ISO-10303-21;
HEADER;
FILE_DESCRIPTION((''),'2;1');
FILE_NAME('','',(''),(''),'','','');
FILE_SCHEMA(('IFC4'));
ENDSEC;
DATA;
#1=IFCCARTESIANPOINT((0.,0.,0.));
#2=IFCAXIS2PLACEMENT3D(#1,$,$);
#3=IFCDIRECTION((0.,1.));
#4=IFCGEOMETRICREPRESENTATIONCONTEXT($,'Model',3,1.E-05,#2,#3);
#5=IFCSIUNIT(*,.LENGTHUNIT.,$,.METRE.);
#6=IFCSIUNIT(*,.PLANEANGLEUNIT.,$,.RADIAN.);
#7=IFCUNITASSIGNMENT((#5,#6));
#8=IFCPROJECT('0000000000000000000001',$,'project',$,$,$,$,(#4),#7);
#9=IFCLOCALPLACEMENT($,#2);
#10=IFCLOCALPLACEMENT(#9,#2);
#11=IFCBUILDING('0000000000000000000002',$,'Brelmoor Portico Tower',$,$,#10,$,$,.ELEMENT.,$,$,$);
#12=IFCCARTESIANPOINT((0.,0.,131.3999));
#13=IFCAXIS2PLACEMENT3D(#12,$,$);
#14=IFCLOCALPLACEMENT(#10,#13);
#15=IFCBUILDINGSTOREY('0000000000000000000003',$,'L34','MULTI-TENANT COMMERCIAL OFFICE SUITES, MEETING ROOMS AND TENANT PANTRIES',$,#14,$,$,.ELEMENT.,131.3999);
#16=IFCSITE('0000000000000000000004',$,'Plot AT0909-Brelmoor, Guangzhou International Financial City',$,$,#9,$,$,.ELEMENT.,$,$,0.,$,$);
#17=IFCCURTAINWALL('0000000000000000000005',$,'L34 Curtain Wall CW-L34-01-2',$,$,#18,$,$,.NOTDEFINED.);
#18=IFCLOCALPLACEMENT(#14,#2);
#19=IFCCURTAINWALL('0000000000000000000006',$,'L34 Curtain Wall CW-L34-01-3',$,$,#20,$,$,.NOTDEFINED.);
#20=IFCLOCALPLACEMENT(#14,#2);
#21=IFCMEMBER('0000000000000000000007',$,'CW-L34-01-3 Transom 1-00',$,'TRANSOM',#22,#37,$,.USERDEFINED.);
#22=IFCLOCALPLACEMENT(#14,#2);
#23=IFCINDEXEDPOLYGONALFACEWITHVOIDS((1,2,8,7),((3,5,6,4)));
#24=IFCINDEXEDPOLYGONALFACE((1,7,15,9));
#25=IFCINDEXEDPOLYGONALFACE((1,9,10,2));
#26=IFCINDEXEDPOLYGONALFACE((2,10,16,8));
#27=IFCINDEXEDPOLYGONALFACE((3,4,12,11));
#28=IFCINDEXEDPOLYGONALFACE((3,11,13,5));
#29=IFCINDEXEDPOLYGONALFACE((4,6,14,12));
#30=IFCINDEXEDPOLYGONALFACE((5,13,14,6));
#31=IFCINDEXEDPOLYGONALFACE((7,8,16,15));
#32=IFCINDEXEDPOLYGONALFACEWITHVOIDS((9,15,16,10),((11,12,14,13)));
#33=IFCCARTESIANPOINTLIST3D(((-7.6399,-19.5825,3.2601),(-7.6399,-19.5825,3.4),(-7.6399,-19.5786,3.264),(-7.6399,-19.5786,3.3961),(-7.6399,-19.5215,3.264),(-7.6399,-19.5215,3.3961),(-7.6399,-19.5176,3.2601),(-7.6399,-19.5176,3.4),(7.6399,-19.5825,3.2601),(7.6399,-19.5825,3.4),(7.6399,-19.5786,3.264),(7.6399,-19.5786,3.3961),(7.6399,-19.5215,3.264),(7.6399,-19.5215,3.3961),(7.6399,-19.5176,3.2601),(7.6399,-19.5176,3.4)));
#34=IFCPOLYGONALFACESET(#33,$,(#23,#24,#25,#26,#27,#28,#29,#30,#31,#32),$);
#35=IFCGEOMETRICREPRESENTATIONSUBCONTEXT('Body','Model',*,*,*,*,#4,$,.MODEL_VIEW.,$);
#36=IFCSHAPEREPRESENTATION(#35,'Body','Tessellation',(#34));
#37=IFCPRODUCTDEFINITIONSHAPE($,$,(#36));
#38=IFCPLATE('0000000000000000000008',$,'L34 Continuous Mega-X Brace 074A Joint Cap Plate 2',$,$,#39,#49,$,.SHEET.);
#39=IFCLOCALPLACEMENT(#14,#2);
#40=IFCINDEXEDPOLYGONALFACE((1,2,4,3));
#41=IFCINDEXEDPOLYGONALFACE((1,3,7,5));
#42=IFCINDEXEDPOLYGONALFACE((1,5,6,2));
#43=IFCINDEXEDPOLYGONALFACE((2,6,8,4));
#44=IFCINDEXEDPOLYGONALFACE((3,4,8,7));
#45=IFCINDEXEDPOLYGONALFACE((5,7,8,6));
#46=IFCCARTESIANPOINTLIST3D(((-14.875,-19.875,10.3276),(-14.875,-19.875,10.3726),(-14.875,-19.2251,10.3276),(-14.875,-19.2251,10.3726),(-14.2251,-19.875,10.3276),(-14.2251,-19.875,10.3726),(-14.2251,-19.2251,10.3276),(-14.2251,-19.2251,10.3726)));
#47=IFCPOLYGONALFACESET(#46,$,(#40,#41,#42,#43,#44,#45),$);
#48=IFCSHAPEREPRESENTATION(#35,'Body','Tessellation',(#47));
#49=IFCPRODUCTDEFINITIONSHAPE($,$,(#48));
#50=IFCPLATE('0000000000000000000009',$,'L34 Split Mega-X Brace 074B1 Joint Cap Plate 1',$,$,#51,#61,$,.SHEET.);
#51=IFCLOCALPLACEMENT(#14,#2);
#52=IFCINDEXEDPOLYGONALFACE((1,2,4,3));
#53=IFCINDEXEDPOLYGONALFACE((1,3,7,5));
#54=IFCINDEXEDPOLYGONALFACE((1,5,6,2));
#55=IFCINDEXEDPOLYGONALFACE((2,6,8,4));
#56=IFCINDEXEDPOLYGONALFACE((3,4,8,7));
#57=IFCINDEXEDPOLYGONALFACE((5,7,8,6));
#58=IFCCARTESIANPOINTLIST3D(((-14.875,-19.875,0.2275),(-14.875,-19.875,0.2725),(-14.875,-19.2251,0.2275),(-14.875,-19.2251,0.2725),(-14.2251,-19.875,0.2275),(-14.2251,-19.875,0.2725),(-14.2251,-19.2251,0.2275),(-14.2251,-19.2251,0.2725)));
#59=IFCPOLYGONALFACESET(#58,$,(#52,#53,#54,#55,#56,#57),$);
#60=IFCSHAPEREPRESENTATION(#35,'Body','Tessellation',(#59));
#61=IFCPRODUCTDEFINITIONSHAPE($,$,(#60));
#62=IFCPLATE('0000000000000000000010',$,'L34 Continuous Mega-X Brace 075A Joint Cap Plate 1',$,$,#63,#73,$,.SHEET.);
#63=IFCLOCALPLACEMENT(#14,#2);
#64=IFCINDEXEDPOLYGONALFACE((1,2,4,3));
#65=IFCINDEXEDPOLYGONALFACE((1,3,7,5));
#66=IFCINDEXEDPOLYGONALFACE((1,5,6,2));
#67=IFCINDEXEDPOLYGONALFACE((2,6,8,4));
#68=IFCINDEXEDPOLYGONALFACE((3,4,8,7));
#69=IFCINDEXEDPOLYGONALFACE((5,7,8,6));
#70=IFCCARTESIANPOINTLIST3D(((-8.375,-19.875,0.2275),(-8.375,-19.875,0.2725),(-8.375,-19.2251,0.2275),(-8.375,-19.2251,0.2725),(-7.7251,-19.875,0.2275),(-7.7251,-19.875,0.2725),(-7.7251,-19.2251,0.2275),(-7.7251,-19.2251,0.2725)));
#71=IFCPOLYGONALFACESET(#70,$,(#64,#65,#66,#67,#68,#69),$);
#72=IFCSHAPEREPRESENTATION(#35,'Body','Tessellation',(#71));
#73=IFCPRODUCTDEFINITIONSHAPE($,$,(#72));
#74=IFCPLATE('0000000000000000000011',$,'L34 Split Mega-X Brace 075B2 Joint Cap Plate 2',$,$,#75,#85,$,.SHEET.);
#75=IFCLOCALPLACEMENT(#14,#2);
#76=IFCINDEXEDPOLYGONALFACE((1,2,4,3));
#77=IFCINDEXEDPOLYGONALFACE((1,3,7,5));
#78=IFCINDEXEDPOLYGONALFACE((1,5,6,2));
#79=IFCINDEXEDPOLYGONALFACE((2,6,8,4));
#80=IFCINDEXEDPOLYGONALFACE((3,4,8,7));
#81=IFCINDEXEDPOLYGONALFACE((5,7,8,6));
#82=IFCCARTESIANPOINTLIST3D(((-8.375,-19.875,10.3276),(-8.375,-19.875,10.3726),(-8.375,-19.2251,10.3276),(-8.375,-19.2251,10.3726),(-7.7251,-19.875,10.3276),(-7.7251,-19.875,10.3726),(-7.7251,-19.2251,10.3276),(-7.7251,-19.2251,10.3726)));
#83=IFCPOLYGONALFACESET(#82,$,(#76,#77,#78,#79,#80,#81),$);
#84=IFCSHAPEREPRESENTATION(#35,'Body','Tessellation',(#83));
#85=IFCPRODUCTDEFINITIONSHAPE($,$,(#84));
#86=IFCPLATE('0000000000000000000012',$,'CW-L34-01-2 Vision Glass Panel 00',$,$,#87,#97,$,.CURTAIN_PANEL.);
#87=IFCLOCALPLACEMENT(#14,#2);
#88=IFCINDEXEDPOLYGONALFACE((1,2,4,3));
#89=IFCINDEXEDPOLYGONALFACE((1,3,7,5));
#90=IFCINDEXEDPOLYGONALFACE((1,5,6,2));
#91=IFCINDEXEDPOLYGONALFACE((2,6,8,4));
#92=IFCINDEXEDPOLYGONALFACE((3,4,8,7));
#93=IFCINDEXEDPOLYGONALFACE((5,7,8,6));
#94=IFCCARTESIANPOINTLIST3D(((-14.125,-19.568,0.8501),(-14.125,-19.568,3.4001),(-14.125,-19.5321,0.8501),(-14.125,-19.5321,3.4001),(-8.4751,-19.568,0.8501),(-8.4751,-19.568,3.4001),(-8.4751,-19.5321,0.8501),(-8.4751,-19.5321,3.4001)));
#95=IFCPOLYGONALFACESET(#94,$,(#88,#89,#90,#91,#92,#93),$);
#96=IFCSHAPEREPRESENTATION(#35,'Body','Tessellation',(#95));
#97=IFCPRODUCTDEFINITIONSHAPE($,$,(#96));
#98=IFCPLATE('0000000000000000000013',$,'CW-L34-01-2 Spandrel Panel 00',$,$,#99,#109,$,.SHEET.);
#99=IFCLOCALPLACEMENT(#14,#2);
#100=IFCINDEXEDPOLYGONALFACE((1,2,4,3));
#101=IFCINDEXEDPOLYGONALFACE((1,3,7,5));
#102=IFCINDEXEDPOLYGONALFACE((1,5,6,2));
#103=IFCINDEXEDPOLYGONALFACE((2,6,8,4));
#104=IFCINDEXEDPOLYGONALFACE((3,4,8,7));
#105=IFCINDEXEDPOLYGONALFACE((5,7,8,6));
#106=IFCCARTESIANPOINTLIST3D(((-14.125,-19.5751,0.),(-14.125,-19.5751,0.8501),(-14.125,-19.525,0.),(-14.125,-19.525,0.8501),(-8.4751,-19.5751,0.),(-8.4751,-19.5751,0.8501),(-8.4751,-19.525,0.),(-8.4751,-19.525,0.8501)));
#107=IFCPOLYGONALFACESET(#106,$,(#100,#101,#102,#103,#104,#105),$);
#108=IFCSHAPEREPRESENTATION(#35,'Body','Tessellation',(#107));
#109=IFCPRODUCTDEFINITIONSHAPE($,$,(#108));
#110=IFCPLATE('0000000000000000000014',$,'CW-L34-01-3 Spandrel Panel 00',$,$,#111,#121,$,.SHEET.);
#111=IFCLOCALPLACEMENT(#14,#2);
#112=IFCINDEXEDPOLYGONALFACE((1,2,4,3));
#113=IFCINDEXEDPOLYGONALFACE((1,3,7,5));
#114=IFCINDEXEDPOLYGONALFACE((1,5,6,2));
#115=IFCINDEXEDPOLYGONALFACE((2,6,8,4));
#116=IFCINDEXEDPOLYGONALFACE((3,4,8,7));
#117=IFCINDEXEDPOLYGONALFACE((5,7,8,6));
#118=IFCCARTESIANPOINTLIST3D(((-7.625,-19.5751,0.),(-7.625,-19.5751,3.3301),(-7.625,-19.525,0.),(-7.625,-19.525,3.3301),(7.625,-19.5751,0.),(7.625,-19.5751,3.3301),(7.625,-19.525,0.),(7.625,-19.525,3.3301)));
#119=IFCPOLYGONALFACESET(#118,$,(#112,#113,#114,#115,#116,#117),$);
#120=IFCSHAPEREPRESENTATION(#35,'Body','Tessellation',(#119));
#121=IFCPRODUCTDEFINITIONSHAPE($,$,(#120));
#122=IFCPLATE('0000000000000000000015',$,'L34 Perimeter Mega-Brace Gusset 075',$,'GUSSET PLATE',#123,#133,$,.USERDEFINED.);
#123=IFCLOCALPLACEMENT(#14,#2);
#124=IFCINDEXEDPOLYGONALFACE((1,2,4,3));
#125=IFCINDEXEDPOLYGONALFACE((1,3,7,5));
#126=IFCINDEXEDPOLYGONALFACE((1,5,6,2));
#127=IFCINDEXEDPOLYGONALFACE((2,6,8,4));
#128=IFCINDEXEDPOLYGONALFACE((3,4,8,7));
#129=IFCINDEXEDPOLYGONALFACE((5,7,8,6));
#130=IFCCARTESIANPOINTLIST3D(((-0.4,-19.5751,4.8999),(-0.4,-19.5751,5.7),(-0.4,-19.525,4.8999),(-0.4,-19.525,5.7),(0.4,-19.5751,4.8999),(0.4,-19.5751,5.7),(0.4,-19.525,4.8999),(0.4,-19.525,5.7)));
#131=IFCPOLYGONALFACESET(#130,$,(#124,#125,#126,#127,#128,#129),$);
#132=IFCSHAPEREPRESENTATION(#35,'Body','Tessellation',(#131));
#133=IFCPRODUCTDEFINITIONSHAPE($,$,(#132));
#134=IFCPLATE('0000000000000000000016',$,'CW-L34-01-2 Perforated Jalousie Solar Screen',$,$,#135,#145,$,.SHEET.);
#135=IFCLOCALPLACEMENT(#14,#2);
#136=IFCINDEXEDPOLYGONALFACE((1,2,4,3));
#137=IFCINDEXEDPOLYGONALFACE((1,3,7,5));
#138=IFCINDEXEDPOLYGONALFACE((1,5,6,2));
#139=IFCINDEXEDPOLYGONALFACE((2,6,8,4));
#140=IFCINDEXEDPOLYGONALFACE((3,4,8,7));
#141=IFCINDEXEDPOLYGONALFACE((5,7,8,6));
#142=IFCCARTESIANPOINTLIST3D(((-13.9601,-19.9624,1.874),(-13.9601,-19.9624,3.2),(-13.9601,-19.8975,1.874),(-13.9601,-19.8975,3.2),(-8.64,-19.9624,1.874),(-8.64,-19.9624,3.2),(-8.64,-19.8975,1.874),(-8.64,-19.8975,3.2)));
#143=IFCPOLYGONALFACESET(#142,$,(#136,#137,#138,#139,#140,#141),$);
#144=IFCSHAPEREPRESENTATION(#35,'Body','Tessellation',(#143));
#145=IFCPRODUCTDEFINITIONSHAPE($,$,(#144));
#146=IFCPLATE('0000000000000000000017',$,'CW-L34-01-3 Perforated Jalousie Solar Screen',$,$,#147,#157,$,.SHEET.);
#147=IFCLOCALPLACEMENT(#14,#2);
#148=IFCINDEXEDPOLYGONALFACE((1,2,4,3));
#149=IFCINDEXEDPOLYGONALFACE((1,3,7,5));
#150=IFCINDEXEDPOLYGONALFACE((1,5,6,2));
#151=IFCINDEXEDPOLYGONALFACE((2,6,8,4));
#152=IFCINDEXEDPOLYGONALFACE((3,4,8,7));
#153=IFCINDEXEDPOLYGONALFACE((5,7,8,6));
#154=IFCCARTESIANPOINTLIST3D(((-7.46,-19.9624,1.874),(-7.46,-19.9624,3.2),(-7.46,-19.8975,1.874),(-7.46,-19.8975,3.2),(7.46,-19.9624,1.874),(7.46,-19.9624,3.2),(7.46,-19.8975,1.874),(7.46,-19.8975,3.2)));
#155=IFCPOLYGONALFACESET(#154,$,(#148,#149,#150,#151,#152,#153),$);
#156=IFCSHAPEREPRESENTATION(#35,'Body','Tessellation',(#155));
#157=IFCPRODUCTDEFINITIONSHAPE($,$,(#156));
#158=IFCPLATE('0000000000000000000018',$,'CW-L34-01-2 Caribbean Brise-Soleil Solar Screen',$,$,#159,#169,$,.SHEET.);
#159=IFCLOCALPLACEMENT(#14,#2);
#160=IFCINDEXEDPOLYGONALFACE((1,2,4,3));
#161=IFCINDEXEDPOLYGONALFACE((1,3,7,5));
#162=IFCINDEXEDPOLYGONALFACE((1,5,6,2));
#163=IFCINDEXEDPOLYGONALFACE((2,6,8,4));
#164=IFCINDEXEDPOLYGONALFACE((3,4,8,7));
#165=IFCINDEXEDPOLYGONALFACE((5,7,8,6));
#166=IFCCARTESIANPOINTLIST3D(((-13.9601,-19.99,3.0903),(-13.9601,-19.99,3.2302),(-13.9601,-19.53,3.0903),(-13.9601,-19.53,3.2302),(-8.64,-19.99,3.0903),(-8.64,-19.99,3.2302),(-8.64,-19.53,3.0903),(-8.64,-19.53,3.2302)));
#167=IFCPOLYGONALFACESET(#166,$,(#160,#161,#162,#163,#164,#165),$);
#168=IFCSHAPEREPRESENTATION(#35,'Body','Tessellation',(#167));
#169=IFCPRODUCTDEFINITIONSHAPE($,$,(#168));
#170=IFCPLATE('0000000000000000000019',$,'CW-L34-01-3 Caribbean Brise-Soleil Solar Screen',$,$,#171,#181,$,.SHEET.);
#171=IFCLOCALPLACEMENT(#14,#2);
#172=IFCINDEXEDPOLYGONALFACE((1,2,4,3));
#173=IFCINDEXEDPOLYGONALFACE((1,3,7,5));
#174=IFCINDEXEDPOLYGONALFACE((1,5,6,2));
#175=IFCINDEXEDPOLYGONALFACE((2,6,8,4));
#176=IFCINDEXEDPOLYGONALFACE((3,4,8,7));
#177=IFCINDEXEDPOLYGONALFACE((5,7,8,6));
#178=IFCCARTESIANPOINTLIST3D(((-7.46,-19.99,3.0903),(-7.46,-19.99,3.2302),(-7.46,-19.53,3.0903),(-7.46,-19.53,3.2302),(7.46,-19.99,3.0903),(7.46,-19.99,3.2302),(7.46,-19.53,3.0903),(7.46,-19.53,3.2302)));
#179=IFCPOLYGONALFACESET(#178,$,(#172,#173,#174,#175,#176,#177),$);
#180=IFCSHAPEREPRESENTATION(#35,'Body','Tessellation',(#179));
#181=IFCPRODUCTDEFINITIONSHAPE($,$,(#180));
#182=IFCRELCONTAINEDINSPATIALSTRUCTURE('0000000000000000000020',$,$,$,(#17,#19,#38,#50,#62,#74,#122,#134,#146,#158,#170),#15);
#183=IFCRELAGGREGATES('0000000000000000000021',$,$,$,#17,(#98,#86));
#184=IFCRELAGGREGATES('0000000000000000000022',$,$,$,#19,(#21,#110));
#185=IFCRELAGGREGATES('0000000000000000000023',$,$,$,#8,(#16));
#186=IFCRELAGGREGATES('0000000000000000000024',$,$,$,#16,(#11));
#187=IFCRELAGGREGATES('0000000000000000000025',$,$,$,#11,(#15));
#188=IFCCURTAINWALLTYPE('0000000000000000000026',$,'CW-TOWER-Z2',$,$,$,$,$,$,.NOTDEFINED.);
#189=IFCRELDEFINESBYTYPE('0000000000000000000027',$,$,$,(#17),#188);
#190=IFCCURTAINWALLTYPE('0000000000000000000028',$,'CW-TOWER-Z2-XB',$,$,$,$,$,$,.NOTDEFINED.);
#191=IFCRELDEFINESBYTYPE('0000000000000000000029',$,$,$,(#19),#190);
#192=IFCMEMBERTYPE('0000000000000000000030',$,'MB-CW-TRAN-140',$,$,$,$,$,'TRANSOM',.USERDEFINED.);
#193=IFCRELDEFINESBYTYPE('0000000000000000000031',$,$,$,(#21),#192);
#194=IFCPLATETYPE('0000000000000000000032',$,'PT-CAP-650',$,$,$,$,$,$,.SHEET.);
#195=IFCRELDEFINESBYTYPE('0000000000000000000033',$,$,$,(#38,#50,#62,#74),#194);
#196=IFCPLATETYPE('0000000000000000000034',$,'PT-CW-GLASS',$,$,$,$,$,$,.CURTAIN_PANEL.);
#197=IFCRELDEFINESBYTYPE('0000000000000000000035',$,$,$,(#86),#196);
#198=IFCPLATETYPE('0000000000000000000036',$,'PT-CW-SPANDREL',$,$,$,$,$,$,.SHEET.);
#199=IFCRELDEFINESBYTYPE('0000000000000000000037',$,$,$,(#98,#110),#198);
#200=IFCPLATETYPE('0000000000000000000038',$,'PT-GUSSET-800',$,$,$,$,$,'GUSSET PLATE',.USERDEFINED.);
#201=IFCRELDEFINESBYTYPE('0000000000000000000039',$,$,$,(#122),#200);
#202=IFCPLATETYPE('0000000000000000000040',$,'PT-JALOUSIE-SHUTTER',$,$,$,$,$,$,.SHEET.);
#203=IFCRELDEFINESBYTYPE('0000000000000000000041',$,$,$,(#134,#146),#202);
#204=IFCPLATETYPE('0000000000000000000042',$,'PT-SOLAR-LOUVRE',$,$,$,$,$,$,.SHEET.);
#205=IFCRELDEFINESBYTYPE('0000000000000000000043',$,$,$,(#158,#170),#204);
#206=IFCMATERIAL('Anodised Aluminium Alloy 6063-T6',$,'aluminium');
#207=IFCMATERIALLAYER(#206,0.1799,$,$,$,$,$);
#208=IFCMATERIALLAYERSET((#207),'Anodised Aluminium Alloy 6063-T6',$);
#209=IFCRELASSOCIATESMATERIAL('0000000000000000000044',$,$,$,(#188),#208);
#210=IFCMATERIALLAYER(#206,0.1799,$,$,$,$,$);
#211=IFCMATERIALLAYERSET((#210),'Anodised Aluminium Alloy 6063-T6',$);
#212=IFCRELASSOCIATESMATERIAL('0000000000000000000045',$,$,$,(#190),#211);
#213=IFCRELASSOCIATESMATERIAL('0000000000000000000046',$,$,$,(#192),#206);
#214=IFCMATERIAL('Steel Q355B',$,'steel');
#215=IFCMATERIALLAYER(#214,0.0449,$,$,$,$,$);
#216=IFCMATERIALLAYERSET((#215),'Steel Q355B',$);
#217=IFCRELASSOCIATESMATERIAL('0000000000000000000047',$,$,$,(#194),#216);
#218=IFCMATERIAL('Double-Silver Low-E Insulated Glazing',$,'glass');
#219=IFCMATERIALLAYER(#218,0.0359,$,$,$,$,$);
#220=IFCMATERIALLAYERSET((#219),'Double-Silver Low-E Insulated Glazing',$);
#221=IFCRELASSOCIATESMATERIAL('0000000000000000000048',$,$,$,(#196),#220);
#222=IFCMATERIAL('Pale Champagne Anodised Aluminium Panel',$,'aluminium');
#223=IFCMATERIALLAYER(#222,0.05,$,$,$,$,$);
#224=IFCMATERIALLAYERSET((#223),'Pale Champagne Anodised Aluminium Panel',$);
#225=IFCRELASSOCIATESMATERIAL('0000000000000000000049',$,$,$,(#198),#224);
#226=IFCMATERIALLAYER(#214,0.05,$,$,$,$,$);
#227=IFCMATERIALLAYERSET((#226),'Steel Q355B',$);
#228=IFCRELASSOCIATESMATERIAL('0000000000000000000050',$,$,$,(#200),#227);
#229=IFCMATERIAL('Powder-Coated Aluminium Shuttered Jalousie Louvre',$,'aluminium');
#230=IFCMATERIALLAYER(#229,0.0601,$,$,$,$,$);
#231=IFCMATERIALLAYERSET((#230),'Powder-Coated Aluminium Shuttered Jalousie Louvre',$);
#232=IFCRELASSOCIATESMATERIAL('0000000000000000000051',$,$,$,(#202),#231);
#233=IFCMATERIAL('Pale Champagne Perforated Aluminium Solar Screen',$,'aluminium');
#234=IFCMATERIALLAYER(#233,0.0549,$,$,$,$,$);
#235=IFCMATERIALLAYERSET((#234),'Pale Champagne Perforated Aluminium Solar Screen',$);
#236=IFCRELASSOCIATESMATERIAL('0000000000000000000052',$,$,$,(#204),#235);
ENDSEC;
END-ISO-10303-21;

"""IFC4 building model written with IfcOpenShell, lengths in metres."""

from ifc_helpers import new_model, si_unit, direction, frame, origin, origin_2d, place, context, subcontext, project, spatial, rectangle, hollow_rectangle, extrude, material, layer, layer_set, material_profile, profile_set, type_object, element, aggregate, save


model = new_model("IFC4")

# Units and contexts
model_context = context("Model", 3, precision=1e-05, world=origin(), true_north=direction((0.0, 1.0)))
body_context = subcontext(model_context, "Body", "Model", "MODEL_VIEW")
ifc_project = project(units=[si_unit("LENGTHUNIT", "METRE"), si_unit("PLANEANGLEUNIT", "RADIAN")], contexts=[model_context])

# Site, building, storey
site_placement = place(None, origin())
site = spatial("IfcSite", under=ifc_project, at=site_placement, Name="Plot AT0909-Brelmoor, Guangzhou International Financial City", CompositionType="ELEMENT", RefElevation=0.0)
building_placement = place(site_placement, origin())
building = spatial("IfcBuilding", under=site, at=building_placement, Name="Brelmoor Portico Tower", CompositionType="ELEMENT")
storey_placement = place(building_placement, frame((0.0, 0.0, 131.3999)))
storey = spatial("IfcBuildingStorey", under=building, at=storey_placement, Name="L34", Description="MULTI-TENANT COMMERCIAL OFFICE SUITES, MEETING ROOMS AND TENANT PANTRIES", CompositionType="ELEMENT", Elevation=131.3999)

# Shared definitions
ifc_material_1 = material(Name="Steel Q355B", Category="steel")

# Curtain wall
ifc_material_2 = material(Name="Anodised Aluminium Alloy 6063-T6", Category="aluminium")
ifc_layer_1 = layer(ifc_material_2, 0.1799)
ifc_layer_set_1 = layer_set([ifc_layer_1], Name="Anodised Aluminium Alloy 6063-T6")
curtain_wall_type_1 = type_object("IfcCurtainWallType", Name="CW-TOWER-Z2", PredefinedType="NOTDEFINED", material=ifc_layer_set_1)
curtain_wall_1_placement = place(storey_placement, origin())
curtain_wall_1 = element("IfcCurtainWall", 1, at=curtain_wall_1_placement, inside=storey, type_object=curtain_wall_type_1, Name="L34 Curtain Wall CW-L34-01-2", PredefinedType="NOTDEFINED")

# Curtain wall
ifc_layer_2 = layer(ifc_material_2, 0.1799)
ifc_layer_set_2 = layer_set([ifc_layer_2], Name="Anodised Aluminium Alloy 6063-T6")
curtain_wall_type_2 = type_object("IfcCurtainWallType", Name="CW-TOWER-Z2-XB", PredefinedType="NOTDEFINED", material=ifc_layer_set_2)
curtain_wall_2_placement = place(storey_placement, origin())
curtain_wall_2 = element("IfcCurtainWall", 2, at=curtain_wall_2_placement, inside=storey, type_object=curtain_wall_type_2, Name="L34 Curtain Wall CW-L34-01-3", PredefinedType="NOTDEFINED")

# Member
ifc_material_profile_1 = material_profile(ifc_material_2, hollow_rectangle(XDim=0.0649, YDim=0.1399, WallThickness=0.0039, at=origin_2d()), Name="ALU TRANSOM 65x140")
ifc_profile_set_1 = profile_set([ifc_material_profile_1], Name="Anodised Aluminium Alloy 6063-T6")
member_type_1 = type_object("IfcMemberType", Name="MB-CW-TRAN-140", ElementType="TRANSOM", PredefinedType="USERDEFINED", material=ifc_profile_set_1)
member_1_placement = place(storey_placement, frame((-7.6399, -19.55, 3.3301), z_axis=(1.0, 0.0, 0.0), x_axis=(0.0, 1.0, 0.0)))
member_1 = element("IfcMember", 3, at=member_1_placement, type_object=member_type_1, Name="CW-L34-01-3 Transom 1-00", ObjectType="TRANSOM", PredefinedType="USERDEFINED", context=body_context, shape_type="SweptSolid", body=[
    extrude(hollow_rectangle(XDim=0.0649, YDim=0.1399, WallThickness=0.0039, at=origin_2d()), origin(), (0.0, 0.0, 1.0), 15.2798),
])

# Plates
ifc_layer_3 = layer(ifc_material_1, 0.0449)
ifc_layer_set_3 = layer_set([ifc_layer_3], Name="Steel Q355B")
plate_type_1 = type_object("IfcPlateType", Name="PT-CAP-650", PredefinedType="SHEET", material=ifc_layer_set_3)
for number, where, z_axis, x_axis, name in (
    (4, (-14.55, -19.55, 10.3276), (0.0, 0.0, 1.0), (1.0, 0.0, 0.0), "L34 Continuous Mega-X Brace 074A Joint Cap Plate 2"),
    (5, (-14.55, -19.55, 0.2275), (0.0, 0.0, 1.0), (1.0, 0.0, 0.0), "L34 Split Mega-X Brace 074B1 Joint Cap Plate 1"),
    (6, (-8.05, -19.55, 0.2275), (0.0, 0.0, 1.0), (1.0, 0.0, 0.0), "L34 Continuous Mega-X Brace 075A Joint Cap Plate 1"),
    (7, (-8.05, -19.55, 10.3276), (0.0, 0.0, 1.0), (1.0, 0.0, 0.0), "L34 Split Mega-X Brace 075B2 Joint Cap Plate 2"),
):
    element("IfcPlate", number, at=place(storey_placement, frame(where, z_axis=z_axis, x_axis=x_axis)), inside=storey, type_object=plate_type_1, Name=name, PredefinedType="SHEET", context=body_context, shape_type="SweptSolid", body=[
        extrude(rectangle(XDim=0.6499, YDim=0.6499, at=origin_2d()), origin(), (0.0, 0.0, 1.0), 0.0449),
    ])

# Plates
ifc_material_3 = material(Name="Double-Silver Low-E Insulated Glazing", Category="glass")
ifc_layer_4 = layer(ifc_material_3, 0.0359)
ifc_layer_set_4 = layer_set([ifc_layer_4], Name="Double-Silver Low-E Insulated Glazing")
plate_type_2 = type_object("IfcPlateType", Name="PT-CW-GLASS", PredefinedType="CURTAIN_PANEL", material=ifc_layer_set_4)
plate_1_placement = place(storey_placement, frame((-11.3, -19.55, 0.8501), z_axis=(0.0, 0.0, 1.0), x_axis=(1.0, 0.0, 0.0)))
plate_1 = element("IfcPlate", 8, at=plate_1_placement, type_object=plate_type_2, Name="CW-L34-01-2 Vision Glass Panel 00", PredefinedType="CURTAIN_PANEL", context=body_context, shape_type="SweptSolid", body=[
    extrude(rectangle(XDim=5.6499, YDim=0.0359, at=origin_2d()), origin(), (0.0, 0.0, 1.0), 2.55),
])
ifc_material_4 = material(Name="Pale Champagne Anodised Aluminium Panel", Category="aluminium")
ifc_layer_5 = layer(ifc_material_4, 0.05)
ifc_layer_set_5 = layer_set([ifc_layer_5], Name="Pale Champagne Anodised Aluminium Panel")
plate_type_3 = type_object("IfcPlateType", Name="PT-CW-SPANDREL", PredefinedType="SHEET", material=ifc_layer_set_5)
plate_2_placement = place(storey_placement, frame((-11.3, -19.55, 0.0), z_axis=(0.0, 0.0, 1.0), x_axis=(1.0, 0.0, 0.0)))
plate_2 = element("IfcPlate", 9, at=plate_2_placement, type_object=plate_type_3, Name="CW-L34-01-2 Spandrel Panel 00", PredefinedType="SHEET", context=body_context, shape_type="SweptSolid", body=[
    extrude(rectangle(XDim=5.6499, YDim=0.05, at=origin_2d()), origin(), (0.0, 0.0, 1.0), 0.8501),
])
aggregate(curtain_wall_1, [plate_2, plate_1])
plate_3_placement = place(storey_placement, frame((0.0, -19.55, 0.0), z_axis=(0.0, 0.0, 1.0), x_axis=(1.0, 0.0, 0.0)))
plate_3 = element("IfcPlate", 10, at=plate_3_placement, type_object=plate_type_3, Name="CW-L34-01-3 Spandrel Panel 00", PredefinedType="SHEET", context=body_context, shape_type="SweptSolid", body=[
    extrude(rectangle(XDim=15.25, YDim=0.05, at=origin_2d()), origin(), (0.0, 0.0, 1.0), 3.3301),
])
aggregate(curtain_wall_2, [member_1, plate_3])

# Plates
ifc_layer_6 = layer(ifc_material_1, 0.05)
ifc_layer_set_6 = layer_set([ifc_layer_6], Name="Steel Q355B")
plate_type_4 = type_object("IfcPlateType", Name="PT-GUSSET-800", ElementType="GUSSET PLATE", PredefinedType="USERDEFINED", material=ifc_layer_set_6)
plate_4_placement = place(storey_placement, frame((0.0, -19.55, 4.8999), z_axis=(0.0, 0.0, 1.0), x_axis=(1.0, 0.0, 0.0)))
element("IfcPlate", 11, at=plate_4_placement, inside=storey, type_object=plate_type_4, Name="L34 Perimeter Mega-Brace Gusset 075", ObjectType="GUSSET PLATE", PredefinedType="USERDEFINED", context=body_context, shape_type="SweptSolid", body=[
    extrude(rectangle(XDim=0.8, YDim=0.05, at=origin_2d()), origin(), (0.0, 0.0, 1.0), 0.8),
])
ifc_material_5 = material(Name="Powder-Coated Aluminium Shuttered Jalousie Louvre", Category="aluminium")
ifc_layer_7 = layer(ifc_material_5, 0.0601)
ifc_layer_set_7 = layer_set([ifc_layer_7], Name="Powder-Coated Aluminium Shuttered Jalousie Louvre")
plate_type_5 = type_object("IfcPlateType", Name="PT-JALOUSIE-SHUTTER", PredefinedType="SHEET", material=ifc_layer_set_7)
plate_5_placement = place(storey_placement, frame((-11.3, -19.9299, 1.874), z_axis=(0.0, 0.0, 1.0), x_axis=(1.0, 0.0, 0.0)))
element("IfcPlate", 12, at=plate_5_placement, inside=storey, type_object=plate_type_5, Name="CW-L34-01-2 Perforated Jalousie Solar Screen", PredefinedType="SHEET", context=body_context, shape_type="SweptSolid", body=[
    extrude(rectangle(XDim=5.3201, YDim=0.0649, at=origin_2d()), origin(), (0.0, 0.0, 1.0), 1.3259),
])
plate_6_placement = place(storey_placement, frame((0.0, -19.9299, 1.874), z_axis=(0.0, 0.0, 1.0), x_axis=(1.0, 0.0, 0.0)))
element("IfcPlate", 13, at=plate_6_placement, inside=storey, type_object=plate_type_5, Name="CW-L34-01-3 Perforated Jalousie Solar Screen", PredefinedType="SHEET", context=body_context, shape_type="SweptSolid", body=[
    extrude(rectangle(XDim=14.9199, YDim=0.0649, at=origin_2d()), origin(), (0.0, 0.0, 1.0), 1.3259),
])
ifc_material_6 = material(Name="Pale Champagne Perforated Aluminium Solar Screen", Category="aluminium")
ifc_layer_8 = layer(ifc_material_6, 0.0549)
ifc_layer_set_8 = layer_set([ifc_layer_8], Name="Pale Champagne Perforated Aluminium Solar Screen")
plate_type_6 = type_object("IfcPlateType", Name="PT-SOLAR-LOUVRE", PredefinedType="SHEET", material=ifc_layer_set_8)
plate_7_placement = place(storey_placement, frame((-11.3, -19.76, 3.0903), z_axis=(0.0, 0.0, 1.0), x_axis=(1.0, 0.0, 0.0)))
element("IfcPlate", 14, at=plate_7_placement, inside=storey, type_object=plate_type_6, Name="CW-L34-01-2 Caribbean Brise-Soleil Solar Screen", PredefinedType="SHEET", context=body_context, shape_type="SweptSolid", body=[
    extrude(rectangle(XDim=5.3201, YDim=0.46, at=origin_2d()), origin(), (0.0, 0.0, 1.0), 0.1399),
])
plate_8_placement = place(storey_placement, frame((0.0, -19.76, 3.0903), z_axis=(0.0, 0.0, 1.0), x_axis=(1.0, 0.0, 0.0)))
element("IfcPlate", 15, at=plate_8_placement, inside=storey, type_object=plate_type_6, Name="CW-L34-01-3 Caribbean Brise-Soleil Solar Screen", PredefinedType="SHEET", context=body_context, shape_type="SweptSolid", body=[
    extrude(rectangle(XDim=14.9199, YDim=0.46, at=origin_2d()), origin(), (0.0, 0.0, 1.0), 0.1399),
])

save(model, "model.ifc")
